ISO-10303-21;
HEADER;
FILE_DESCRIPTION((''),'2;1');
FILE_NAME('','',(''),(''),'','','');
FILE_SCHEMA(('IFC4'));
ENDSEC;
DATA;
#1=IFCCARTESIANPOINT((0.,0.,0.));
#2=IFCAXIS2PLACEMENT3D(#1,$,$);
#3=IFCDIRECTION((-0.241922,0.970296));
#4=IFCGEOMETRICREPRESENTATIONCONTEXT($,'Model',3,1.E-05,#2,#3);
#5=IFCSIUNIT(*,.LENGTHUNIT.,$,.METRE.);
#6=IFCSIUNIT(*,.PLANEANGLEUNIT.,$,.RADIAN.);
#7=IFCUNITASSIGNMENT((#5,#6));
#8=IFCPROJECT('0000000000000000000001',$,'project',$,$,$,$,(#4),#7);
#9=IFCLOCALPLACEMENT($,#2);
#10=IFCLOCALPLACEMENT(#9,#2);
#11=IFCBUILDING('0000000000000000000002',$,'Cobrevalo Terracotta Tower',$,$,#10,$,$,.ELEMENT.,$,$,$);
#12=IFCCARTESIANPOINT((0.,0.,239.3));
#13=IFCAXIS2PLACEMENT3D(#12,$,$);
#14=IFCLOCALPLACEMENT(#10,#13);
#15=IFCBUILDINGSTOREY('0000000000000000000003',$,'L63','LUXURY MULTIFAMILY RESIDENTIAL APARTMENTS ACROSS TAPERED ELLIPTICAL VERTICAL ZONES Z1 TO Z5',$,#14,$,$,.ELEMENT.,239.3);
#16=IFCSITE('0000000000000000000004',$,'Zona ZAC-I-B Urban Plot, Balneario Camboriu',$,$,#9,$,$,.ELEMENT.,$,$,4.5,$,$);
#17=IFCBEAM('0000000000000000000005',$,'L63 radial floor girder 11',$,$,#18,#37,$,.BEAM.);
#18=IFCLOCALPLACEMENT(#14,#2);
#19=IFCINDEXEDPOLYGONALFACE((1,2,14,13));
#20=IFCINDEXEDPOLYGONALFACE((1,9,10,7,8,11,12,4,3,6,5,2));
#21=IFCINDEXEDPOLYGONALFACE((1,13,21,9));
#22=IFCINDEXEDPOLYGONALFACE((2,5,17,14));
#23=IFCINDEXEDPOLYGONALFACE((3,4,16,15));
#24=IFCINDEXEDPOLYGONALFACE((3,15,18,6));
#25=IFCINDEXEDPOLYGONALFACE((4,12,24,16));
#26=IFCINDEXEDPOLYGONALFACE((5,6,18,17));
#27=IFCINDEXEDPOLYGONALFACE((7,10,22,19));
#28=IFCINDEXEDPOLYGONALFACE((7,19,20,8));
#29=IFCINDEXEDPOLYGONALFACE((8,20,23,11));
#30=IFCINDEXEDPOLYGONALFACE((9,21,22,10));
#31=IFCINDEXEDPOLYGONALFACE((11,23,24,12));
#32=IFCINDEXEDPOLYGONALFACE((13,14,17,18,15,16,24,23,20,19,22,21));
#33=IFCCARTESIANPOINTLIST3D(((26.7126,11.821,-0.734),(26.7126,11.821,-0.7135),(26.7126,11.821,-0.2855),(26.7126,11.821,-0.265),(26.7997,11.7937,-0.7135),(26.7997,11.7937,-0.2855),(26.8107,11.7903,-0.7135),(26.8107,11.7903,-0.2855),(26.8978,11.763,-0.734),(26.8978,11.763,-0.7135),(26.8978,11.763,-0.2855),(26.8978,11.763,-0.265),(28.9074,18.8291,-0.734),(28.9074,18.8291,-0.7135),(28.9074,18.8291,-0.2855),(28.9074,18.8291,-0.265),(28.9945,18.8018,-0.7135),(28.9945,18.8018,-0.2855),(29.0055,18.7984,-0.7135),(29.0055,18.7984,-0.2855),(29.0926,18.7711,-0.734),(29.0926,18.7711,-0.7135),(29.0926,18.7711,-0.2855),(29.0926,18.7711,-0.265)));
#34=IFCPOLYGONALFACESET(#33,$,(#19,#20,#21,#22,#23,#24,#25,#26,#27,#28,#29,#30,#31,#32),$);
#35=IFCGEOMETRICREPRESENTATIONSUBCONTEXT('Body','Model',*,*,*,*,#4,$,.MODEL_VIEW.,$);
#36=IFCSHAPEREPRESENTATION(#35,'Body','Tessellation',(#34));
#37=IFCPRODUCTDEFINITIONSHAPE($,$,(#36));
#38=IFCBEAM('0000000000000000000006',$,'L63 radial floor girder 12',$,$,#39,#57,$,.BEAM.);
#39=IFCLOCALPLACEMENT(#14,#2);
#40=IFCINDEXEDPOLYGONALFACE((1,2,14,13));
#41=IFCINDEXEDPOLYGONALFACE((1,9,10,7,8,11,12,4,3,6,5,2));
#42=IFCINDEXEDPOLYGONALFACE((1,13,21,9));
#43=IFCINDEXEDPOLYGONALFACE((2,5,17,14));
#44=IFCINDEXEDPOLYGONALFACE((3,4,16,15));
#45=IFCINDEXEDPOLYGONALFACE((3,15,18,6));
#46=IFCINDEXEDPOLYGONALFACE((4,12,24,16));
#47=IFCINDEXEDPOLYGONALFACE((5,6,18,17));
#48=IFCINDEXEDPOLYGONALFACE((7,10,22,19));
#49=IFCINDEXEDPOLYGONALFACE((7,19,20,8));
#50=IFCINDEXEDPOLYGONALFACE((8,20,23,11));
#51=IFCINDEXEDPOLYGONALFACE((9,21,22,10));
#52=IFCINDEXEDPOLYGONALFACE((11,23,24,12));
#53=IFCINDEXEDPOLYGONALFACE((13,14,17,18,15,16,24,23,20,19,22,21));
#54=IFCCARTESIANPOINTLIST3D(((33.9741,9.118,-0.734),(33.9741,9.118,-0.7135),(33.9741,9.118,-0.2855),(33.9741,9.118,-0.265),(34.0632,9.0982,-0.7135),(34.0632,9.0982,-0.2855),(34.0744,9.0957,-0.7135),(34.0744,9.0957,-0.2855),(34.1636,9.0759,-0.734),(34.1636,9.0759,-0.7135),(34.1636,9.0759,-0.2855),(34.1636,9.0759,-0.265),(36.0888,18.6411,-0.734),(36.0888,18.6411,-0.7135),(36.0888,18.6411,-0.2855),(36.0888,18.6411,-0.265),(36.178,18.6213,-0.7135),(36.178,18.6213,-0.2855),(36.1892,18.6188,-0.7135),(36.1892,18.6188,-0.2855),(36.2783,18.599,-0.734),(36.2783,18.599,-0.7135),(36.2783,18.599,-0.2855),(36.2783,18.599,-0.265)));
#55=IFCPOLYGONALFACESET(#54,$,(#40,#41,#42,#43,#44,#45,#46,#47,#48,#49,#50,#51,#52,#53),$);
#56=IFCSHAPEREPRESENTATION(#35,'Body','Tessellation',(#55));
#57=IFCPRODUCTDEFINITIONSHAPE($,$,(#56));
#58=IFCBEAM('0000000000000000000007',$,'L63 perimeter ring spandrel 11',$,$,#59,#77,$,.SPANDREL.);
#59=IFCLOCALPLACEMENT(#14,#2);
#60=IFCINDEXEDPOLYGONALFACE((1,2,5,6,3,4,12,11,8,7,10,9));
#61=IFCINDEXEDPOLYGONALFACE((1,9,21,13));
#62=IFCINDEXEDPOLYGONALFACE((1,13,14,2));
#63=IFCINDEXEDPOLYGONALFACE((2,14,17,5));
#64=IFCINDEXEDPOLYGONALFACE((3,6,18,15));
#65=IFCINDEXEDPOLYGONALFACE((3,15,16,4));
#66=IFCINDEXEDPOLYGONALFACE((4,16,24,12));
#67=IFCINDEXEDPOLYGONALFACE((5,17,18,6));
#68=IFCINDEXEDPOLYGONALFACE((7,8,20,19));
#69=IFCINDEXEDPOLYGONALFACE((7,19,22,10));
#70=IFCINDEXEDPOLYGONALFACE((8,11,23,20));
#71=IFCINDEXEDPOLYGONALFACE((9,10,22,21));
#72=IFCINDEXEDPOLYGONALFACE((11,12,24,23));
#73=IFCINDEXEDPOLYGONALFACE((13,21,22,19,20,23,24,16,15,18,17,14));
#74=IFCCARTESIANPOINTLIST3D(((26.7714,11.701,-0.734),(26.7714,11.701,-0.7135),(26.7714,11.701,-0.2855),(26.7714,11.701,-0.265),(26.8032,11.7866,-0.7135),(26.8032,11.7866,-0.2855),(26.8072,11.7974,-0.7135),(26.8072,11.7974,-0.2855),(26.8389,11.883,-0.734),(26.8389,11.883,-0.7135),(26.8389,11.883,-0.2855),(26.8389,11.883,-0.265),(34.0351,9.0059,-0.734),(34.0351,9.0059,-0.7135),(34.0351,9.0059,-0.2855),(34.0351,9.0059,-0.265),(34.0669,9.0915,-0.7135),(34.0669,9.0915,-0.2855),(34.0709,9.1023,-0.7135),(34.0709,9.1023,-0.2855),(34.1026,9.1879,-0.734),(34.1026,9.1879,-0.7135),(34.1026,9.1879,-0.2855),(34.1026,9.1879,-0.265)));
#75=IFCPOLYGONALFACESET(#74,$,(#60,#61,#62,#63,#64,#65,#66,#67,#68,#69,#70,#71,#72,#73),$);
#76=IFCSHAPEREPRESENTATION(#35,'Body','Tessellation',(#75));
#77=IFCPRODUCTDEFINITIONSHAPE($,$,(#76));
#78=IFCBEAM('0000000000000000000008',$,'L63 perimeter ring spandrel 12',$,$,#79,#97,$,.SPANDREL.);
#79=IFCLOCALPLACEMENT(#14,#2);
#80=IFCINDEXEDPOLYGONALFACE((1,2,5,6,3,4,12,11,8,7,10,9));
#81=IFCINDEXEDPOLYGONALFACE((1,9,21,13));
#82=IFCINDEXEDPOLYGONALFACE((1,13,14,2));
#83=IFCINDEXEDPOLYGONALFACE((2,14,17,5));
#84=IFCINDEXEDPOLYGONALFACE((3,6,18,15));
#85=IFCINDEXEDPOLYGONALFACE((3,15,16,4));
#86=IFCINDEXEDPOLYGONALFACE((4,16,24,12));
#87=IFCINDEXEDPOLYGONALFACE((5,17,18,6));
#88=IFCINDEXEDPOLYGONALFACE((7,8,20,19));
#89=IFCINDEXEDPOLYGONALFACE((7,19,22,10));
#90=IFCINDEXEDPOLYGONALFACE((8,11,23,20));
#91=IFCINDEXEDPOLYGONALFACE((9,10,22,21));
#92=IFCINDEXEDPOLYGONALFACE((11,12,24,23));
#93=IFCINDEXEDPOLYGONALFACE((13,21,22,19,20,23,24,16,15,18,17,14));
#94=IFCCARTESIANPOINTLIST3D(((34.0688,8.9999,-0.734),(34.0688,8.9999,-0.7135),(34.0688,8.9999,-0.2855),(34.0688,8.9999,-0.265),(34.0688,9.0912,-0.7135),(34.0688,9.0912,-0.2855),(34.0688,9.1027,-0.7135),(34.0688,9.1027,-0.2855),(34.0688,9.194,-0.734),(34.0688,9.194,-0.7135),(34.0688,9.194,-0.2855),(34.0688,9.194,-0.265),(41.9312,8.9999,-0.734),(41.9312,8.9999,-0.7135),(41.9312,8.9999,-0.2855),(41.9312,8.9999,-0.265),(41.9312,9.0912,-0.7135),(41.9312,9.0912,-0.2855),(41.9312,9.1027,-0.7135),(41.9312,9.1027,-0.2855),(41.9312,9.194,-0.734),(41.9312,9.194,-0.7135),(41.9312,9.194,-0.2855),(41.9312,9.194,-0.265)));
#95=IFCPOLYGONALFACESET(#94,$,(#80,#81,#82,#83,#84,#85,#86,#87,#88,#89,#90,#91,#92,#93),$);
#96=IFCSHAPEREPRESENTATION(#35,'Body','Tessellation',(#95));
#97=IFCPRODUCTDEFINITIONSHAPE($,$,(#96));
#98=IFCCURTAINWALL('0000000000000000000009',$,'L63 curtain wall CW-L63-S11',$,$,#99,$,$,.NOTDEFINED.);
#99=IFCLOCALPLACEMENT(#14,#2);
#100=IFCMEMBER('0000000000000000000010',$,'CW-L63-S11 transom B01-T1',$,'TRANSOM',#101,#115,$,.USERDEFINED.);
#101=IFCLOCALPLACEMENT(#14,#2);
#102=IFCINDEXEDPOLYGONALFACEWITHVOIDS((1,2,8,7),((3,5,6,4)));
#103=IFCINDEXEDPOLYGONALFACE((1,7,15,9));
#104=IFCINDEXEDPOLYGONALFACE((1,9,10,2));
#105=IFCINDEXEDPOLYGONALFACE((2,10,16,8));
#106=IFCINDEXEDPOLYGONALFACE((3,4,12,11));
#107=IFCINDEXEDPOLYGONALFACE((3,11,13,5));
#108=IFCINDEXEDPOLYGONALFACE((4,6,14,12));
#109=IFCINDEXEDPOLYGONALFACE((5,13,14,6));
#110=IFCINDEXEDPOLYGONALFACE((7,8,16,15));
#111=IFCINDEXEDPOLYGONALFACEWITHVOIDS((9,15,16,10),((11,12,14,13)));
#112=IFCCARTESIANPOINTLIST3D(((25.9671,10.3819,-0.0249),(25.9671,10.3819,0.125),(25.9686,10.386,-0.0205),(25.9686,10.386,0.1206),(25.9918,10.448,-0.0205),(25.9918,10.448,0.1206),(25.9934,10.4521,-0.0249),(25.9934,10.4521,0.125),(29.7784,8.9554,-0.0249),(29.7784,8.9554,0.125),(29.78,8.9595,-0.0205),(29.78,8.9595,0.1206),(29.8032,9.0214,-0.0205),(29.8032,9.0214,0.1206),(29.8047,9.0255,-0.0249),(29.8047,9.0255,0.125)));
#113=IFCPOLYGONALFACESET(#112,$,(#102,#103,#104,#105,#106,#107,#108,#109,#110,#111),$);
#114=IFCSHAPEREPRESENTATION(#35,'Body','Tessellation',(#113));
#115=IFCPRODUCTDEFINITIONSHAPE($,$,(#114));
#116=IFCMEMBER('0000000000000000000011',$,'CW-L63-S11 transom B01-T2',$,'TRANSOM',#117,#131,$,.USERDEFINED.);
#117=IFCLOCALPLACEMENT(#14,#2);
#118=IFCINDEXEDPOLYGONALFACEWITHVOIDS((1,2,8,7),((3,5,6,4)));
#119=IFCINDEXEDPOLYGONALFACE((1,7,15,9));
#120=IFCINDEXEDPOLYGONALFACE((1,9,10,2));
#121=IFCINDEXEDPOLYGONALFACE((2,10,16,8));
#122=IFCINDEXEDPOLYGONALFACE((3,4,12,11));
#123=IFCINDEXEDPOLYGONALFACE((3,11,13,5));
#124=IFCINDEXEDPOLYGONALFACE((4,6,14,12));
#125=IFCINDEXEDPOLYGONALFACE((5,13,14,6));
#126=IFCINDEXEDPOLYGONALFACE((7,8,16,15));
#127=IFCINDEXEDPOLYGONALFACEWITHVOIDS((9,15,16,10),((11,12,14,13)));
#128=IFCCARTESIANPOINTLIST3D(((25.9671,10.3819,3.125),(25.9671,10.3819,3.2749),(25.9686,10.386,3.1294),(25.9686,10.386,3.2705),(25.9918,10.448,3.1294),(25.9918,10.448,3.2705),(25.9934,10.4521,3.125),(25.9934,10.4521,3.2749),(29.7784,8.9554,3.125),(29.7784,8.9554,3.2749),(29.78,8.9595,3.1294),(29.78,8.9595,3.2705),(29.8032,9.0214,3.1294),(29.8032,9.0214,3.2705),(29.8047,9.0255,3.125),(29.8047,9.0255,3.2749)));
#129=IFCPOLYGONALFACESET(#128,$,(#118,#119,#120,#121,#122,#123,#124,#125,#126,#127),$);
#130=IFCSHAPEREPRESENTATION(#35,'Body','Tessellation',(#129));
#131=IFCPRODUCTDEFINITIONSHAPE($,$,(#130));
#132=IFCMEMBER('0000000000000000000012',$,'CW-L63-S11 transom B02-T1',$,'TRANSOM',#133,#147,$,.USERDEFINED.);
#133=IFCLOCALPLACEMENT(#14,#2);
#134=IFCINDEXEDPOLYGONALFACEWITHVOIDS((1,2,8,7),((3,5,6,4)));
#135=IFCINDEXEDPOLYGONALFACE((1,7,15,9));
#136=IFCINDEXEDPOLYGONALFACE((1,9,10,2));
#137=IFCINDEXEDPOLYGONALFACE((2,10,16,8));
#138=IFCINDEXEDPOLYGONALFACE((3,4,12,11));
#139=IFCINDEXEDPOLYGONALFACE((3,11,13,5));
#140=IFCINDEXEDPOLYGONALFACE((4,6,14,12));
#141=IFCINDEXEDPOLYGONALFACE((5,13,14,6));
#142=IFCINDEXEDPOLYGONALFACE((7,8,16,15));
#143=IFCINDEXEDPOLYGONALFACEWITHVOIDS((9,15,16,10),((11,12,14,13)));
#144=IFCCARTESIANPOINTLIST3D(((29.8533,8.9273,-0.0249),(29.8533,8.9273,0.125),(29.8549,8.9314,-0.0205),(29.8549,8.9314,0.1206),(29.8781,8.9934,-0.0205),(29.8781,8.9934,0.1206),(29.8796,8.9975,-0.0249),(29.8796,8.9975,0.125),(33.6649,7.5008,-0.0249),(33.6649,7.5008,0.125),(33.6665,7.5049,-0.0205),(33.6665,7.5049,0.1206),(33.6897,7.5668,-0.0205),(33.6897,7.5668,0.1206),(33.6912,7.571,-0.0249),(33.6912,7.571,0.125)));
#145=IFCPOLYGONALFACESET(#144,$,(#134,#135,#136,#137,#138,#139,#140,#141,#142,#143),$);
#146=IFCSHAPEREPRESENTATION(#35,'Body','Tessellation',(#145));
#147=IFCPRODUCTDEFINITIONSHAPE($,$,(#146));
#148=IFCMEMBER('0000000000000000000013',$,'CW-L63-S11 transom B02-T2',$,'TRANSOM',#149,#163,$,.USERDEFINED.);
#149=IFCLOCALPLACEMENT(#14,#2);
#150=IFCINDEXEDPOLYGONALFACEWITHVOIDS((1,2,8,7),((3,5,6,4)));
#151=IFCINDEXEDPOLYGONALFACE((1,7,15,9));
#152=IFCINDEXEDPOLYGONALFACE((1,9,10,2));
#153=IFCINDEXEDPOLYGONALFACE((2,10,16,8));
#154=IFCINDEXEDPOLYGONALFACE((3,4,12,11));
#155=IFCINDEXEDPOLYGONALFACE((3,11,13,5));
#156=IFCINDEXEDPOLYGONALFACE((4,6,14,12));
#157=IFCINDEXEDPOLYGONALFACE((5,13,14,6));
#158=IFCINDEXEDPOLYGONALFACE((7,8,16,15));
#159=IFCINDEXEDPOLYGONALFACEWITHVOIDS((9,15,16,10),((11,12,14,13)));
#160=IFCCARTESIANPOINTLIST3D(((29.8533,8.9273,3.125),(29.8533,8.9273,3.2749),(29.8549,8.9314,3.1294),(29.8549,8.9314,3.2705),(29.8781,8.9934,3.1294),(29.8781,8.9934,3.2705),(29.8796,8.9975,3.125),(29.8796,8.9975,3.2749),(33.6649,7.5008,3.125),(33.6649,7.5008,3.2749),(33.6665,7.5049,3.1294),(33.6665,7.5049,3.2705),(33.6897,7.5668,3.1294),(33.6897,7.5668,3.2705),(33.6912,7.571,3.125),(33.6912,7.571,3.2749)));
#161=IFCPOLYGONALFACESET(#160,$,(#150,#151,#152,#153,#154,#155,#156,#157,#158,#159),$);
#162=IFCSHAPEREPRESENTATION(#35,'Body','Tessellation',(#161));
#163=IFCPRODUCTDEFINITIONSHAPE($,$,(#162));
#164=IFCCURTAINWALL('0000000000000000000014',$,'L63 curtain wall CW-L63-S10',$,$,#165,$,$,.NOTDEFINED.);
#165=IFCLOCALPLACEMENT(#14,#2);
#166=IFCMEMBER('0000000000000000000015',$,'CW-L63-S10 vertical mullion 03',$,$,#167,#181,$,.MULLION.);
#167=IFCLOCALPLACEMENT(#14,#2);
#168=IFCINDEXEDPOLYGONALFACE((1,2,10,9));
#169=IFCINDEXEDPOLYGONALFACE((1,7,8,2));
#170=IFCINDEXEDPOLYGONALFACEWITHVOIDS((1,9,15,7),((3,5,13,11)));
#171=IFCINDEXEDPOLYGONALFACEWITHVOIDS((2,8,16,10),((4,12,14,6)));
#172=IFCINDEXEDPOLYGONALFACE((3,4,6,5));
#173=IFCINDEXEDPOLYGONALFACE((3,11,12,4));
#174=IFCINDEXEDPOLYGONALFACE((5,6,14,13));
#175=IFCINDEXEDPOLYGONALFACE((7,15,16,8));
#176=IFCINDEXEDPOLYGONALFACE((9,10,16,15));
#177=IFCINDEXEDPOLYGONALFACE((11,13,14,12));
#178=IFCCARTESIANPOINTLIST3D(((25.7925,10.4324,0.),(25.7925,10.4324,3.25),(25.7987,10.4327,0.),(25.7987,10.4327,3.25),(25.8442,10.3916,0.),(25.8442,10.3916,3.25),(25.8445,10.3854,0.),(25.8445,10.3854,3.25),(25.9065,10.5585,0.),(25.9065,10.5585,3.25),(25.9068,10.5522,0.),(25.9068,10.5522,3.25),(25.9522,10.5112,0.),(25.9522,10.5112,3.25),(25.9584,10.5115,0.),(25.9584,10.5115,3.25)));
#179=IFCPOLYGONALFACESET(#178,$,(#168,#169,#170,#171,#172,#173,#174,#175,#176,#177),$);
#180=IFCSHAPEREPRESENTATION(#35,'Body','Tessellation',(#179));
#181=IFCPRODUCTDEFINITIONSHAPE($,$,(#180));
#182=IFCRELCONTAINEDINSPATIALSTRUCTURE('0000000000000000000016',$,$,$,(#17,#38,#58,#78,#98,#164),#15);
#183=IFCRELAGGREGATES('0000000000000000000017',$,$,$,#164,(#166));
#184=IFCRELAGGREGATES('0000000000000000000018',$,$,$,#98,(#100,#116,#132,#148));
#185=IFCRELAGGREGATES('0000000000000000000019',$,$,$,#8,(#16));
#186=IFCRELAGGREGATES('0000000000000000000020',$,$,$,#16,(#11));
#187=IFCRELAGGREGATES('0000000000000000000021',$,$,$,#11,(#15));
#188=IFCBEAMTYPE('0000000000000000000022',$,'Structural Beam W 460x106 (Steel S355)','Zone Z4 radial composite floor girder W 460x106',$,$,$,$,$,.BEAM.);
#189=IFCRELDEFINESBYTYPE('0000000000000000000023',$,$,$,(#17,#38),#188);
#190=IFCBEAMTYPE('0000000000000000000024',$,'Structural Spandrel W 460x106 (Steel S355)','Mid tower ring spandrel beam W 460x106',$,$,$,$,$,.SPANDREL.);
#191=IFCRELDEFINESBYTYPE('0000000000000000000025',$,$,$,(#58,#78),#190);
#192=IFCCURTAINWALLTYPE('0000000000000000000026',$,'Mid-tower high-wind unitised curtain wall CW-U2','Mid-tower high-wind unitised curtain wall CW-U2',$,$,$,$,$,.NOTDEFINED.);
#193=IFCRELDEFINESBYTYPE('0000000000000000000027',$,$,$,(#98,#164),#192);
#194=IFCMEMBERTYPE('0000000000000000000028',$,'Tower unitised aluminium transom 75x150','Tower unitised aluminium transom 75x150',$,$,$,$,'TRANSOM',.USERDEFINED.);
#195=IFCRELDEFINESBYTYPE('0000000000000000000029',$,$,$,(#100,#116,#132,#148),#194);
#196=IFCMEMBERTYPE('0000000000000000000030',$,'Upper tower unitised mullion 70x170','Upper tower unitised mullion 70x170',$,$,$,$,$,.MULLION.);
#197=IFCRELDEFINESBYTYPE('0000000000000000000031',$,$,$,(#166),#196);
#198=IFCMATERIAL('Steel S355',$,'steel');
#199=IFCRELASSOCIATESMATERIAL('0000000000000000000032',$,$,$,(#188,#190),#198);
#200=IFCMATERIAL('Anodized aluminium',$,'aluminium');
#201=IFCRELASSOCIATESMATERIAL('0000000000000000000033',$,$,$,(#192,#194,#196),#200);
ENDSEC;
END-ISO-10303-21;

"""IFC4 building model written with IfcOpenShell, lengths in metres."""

from ifc_helpers import new_model, si_unit, direction, frame, origin, origin_2d, place, context, subcontext, project, spatial, hollow_rectangle, i_section, extrude, source, transform, mapped, material, material_profile, profile_set, type_object, element, aggregate, save


model = new_model("IFC4")

# Units and contexts
model_context = context("Model", 3, precision=1e-05, world=origin(), true_north=direction((-0.241922, 0.970296)))
body_context = subcontext(model_context, "Body", "Model", "MODEL_VIEW")
ifc_project = project(units=[si_unit("LENGTHUNIT", "METRE"), si_unit("PLANEANGLEUNIT", "RADIAN")], contexts=[model_context])

# Site, building, storey
site_placement = place(None, origin())
site = spatial("IfcSite", under=ifc_project, at=site_placement, Name="Zona ZAC-I-B Urban Plot, Balneario Camboriu", CompositionType="ELEMENT", RefElevation=4.5)
building_placement = place(site_placement, origin())
building = spatial("IfcBuilding", under=site, at=building_placement, Name="Cobrevalo Terracotta Tower", CompositionType="ELEMENT")
storey_placement = place(building_placement, frame((0.0, 0.0, 239.3)))
storey = spatial("IfcBuildingStorey", under=building, at=storey_placement, Name="L63", Description="LUXURY MULTIFAMILY RESIDENTIAL APARTMENTS ACROSS TAPERED ELLIPTICAL VERTICAL ZONES Z1 TO Z5", CompositionType="ELEMENT", Elevation=239.3)

# Shared definitions
ifc_material_1 = material(Name="Steel S355", Category="steel")

# Beams
ifc_material_profile_1 = material_profile(ifc_material_1, i_section(OverallWidth=0.1941, OverallDepth=0.469, WebThickness=0.0115, FlangeThickness=0.0205, at=origin_2d()), Name="W 460x106")
ifc_profile_set_1 = profile_set([ifc_material_profile_1], Name="Steel S355")
beam_type_1 = type_object("IfcBeamType", Name="Structural Beam W 460x106 (Steel S355)", Description="Zone Z4 radial composite floor girder W 460x106", PredefinedType="BEAM", material=ifc_profile_set_1)
beam_1_placement = place(storey_placement, frame((26.8052, 11.792, -0.4995), z_axis=(0.298871, 0.954293, 0.0), x_axis=(-0.954293, 0.298871, 0.0)))
element("IfcBeam", 1, at=beam_1_placement, inside=storey, type_object=beam_type_1, Name="L63 radial floor girder 11", PredefinedType="BEAM", context=body_context, shape_type="SweptSolid", body=[
    extrude(i_section(OverallWidth=0.1941, OverallDepth=0.469, WebThickness=0.0115, FlangeThickness=0.0205, at=origin_2d()), origin(), (0.0, 0.0, 1.0), 7.3438),
])
beam_2_placement = place(storey_placement, frame((34.0688, 9.0969, -0.4995), z_axis=(0.216782, 0.97622, 0.0), x_axis=(-0.97622, 0.216782, 0.0)))
element("IfcBeam", 2, at=beam_2_placement, inside=storey, type_object=beam_type_1, Name="L63 radial floor girder 12", PredefinedType="BEAM", context=body_context, shape_type="SweptSolid", body=[
    extrude(i_section(OverallWidth=0.1941, OverallDepth=0.469, WebThickness=0.0115, FlangeThickness=0.0205, at=origin_2d()), origin(), (0.0, 0.0, 1.0), 9.7551),
])
ifc_material_profile_2 = material_profile(ifc_material_1, i_section(OverallWidth=0.1941, OverallDepth=0.469, WebThickness=0.0115, FlangeThickness=0.0205, at=origin_2d()), Name="W 460x106")
ifc_profile_set_2 = profile_set([ifc_material_profile_2], Name="Steel S355")
beam_type_2 = type_object("IfcBeamType", Name="Structural Spandrel W 460x106 (Steel S355)", Description="Mid tower ring spandrel beam W 460x106", PredefinedType="SPANDREL", material=ifc_profile_set_2)
beam_3_placement = place(storey_placement, frame((26.8052, 11.792, -0.4995), z_axis=(0.937546, -0.347861, 0.0), x_axis=(0.347861, 0.937546, 0.0)))
element("IfcBeam", 3, at=beam_3_placement, inside=storey, type_object=beam_type_2, Name="L63 perimeter ring spandrel 11", PredefinedType="SPANDREL", context=body_context, shape_type="SweptSolid", body=[
    extrude(i_section(OverallWidth=0.1941, OverallDepth=0.469, WebThickness=0.0115, FlangeThickness=0.0205, at=origin_2d()), origin(), (0.0, 0.0, 1.0), 7.7476),
])
beam_4_placement = place(storey_placement, frame((34.0688, 9.0969, -0.4995), z_axis=(1.0, 0.0, 0.0), x_axis=(0.0, 1.0, 0.0)))
element("IfcBeam", 4, at=beam_4_placement, inside=storey, type_object=beam_type_2, Name="L63 perimeter ring spandrel 12", PredefinedType="SPANDREL", context=body_context, shape_type="SweptSolid", body=[
    extrude(i_section(OverallWidth=0.1941, OverallDepth=0.469, WebThickness=0.0115, FlangeThickness=0.0205, at=origin_2d()), origin(), (0.0, 0.0, 1.0), 7.8623),
])

# Curtain wall, members
ifc_material_2 = material(Name="Anodized aluminium", Category="aluminium")
curtain_wall_type = type_object("IfcCurtainWallType", Name="Mid-tower high-wind unitised curtain wall CW-U2", Description="Mid-tower high-wind unitised curtain wall CW-U2", PredefinedType="NOTDEFINED", material=ifc_material_2)
curtain_wall_1_placement = place(storey_placement, origin())
curtain_wall_1 = element("IfcCurtainWall", 5, at=curtain_wall_1_placement, inside=storey, type_object=curtain_wall_type, Name="L63 curtain wall CW-L63-S11", PredefinedType="NOTDEFINED")
ifc_material_profile_3 = material_profile(ifc_material_2, hollow_rectangle(XDim=0.075, YDim=0.1499, WallThickness=0.0044, at=origin_2d()), Name="CWT 75x150")
ifc_profile_set_3 = profile_set([ifc_material_profile_3], Name="Anodized aluminium")
member_type_1 = type_object("IfcMemberType", Name="Tower unitised aluminium transom 75x150", Description="Tower unitised aluminium transom 75x150", ElementType="TRANSOM", PredefinedType="USERDEFINED", material=ifc_profile_set_3)
shared_shape_1 = source(origin(), body_context, "Body", "SweptSolid", [
    extrude(hollow_rectangle(XDim=0.075, YDim=0.1499, WallThickness=0.0044, at=origin_2d()), origin(), (0.0, 0.0, 1.0), 4.0696),
])
member_1_placement = place(storey_placement, frame((25.9802, 10.417, 0.05), z_axis=(0.936548, -0.350538, 0.0), x_axis=(0.350538, 0.936548, 0.0)))
member_1 = element("IfcMember", 6, at=member_1_placement, type_object=member_type_1, Name="CW-L63-S11 transom B01-T1", ObjectType="TRANSOM", PredefinedType="USERDEFINED", context=body_context, shape_type="MappedRepresentation", body=[
    mapped(shared_shape_1, transform((0.0, 0.0, 0.0), scale=1.0)),
])
member_2_placement = place(storey_placement, frame((25.9802, 10.417, 3.2), z_axis=(0.936548, -0.350538, 0.0), x_axis=(0.350538, 0.936548, 0.0)))
member_2 = element("IfcMember", 7, at=member_2_placement, type_object=member_type_1, Name="CW-L63-S11 transom B01-T2", ObjectType="TRANSOM", PredefinedType="USERDEFINED", context=body_context, shape_type="MappedRepresentation", body=[
    mapped(shared_shape_1, transform((0.0, 0.0, 0.0), scale=1.0)),
])
shared_shape_2 = source(origin(), body_context, "Body", "SweptSolid", [
    extrude(hollow_rectangle(XDim=0.075, YDim=0.1499, WallThickness=0.0044, at=origin_2d()), origin(), (0.0, 0.0, 1.0), 4.0698),
])
member_3_placement = place(storey_placement, frame((29.8665, 8.9624, 0.05), z_axis=(0.936556, -0.350519, 0.0), x_axis=(0.350519, 0.936556, 0.0)))
member_3 = element("IfcMember", 8, at=member_3_placement, type_object=member_type_1, Name="CW-L63-S11 transom B02-T1", ObjectType="TRANSOM", PredefinedType="USERDEFINED", context=body_context, shape_type="MappedRepresentation", body=[
    mapped(shared_shape_2, transform((0.0, 0.0, 0.0), scale=1.0)),
])
member_4_placement = place(storey_placement, frame((29.8665, 8.9624, 3.2), z_axis=(0.936556, -0.350519, 0.0), x_axis=(0.350519, 0.936556, 0.0)))
member_4 = element("IfcMember", 9, at=member_4_placement, type_object=member_type_1, Name="CW-L63-S11 transom B02-T2", ObjectType="TRANSOM", PredefinedType="USERDEFINED", context=body_context, shape_type="MappedRepresentation", body=[
    mapped(shared_shape_2, transform((0.0, 0.0, 0.0), scale=1.0)),
])

# Curtain wall, member
curtain_wall_2_placement = place(storey_placement, origin())
curtain_wall_2 = element("IfcCurtainWall", 10, at=curtain_wall_2_placement, inside=storey, type_object=curtain_wall_type, Name="L63 curtain wall CW-L63-S10", PredefinedType="NOTDEFINED")
ifc_material_profile_4 = material_profile(ifc_material_2, hollow_rectangle(XDim=0.0701, YDim=0.1699, WallThickness=0.0044, at=origin_2d()), Name="CWM 70x170")
ifc_profile_set_4 = profile_set([ifc_material_profile_4], Name="Anodized aluminium")
member_type_2 = type_object("IfcMemberType", Name="Upper tower unitised mullion 70x170", Description="Upper tower unitised mullion 70x170", PredefinedType="MULLION", material=ifc_profile_set_4)
shared_shape_3 = source(origin(), body_context, "Body", "SweptSolid", [
    extrude(hollow_rectangle(XDim=0.0701, YDim=0.1699, WallThickness=0.0044, at=origin_2d()), origin(), (0.0, 0.0, 1.0), 3.25),
])
member_5_placement = place(storey_placement, frame((25.8755, 10.4719, 0.0), z_axis=(0.0, 0.0, 1.0), x_axis=(0.741988, -0.670414, 0.0)))
member_5 = element("IfcMember", 11, at=member_5_placement, type_object=member_type_2, Name="CW-L63-S10 vertical mullion 03", PredefinedType="MULLION", context=body_context, shape_type="MappedRepresentation", body=[
    mapped(shared_shape_3, transform((0.0, 0.0, 0.0), scale=1.0)),
])
aggregate(curtain_wall_2, [member_5])

aggregate(curtain_wall_1, [member_1, member_2, member_3, member_4])

save(model, "model.ifc")
